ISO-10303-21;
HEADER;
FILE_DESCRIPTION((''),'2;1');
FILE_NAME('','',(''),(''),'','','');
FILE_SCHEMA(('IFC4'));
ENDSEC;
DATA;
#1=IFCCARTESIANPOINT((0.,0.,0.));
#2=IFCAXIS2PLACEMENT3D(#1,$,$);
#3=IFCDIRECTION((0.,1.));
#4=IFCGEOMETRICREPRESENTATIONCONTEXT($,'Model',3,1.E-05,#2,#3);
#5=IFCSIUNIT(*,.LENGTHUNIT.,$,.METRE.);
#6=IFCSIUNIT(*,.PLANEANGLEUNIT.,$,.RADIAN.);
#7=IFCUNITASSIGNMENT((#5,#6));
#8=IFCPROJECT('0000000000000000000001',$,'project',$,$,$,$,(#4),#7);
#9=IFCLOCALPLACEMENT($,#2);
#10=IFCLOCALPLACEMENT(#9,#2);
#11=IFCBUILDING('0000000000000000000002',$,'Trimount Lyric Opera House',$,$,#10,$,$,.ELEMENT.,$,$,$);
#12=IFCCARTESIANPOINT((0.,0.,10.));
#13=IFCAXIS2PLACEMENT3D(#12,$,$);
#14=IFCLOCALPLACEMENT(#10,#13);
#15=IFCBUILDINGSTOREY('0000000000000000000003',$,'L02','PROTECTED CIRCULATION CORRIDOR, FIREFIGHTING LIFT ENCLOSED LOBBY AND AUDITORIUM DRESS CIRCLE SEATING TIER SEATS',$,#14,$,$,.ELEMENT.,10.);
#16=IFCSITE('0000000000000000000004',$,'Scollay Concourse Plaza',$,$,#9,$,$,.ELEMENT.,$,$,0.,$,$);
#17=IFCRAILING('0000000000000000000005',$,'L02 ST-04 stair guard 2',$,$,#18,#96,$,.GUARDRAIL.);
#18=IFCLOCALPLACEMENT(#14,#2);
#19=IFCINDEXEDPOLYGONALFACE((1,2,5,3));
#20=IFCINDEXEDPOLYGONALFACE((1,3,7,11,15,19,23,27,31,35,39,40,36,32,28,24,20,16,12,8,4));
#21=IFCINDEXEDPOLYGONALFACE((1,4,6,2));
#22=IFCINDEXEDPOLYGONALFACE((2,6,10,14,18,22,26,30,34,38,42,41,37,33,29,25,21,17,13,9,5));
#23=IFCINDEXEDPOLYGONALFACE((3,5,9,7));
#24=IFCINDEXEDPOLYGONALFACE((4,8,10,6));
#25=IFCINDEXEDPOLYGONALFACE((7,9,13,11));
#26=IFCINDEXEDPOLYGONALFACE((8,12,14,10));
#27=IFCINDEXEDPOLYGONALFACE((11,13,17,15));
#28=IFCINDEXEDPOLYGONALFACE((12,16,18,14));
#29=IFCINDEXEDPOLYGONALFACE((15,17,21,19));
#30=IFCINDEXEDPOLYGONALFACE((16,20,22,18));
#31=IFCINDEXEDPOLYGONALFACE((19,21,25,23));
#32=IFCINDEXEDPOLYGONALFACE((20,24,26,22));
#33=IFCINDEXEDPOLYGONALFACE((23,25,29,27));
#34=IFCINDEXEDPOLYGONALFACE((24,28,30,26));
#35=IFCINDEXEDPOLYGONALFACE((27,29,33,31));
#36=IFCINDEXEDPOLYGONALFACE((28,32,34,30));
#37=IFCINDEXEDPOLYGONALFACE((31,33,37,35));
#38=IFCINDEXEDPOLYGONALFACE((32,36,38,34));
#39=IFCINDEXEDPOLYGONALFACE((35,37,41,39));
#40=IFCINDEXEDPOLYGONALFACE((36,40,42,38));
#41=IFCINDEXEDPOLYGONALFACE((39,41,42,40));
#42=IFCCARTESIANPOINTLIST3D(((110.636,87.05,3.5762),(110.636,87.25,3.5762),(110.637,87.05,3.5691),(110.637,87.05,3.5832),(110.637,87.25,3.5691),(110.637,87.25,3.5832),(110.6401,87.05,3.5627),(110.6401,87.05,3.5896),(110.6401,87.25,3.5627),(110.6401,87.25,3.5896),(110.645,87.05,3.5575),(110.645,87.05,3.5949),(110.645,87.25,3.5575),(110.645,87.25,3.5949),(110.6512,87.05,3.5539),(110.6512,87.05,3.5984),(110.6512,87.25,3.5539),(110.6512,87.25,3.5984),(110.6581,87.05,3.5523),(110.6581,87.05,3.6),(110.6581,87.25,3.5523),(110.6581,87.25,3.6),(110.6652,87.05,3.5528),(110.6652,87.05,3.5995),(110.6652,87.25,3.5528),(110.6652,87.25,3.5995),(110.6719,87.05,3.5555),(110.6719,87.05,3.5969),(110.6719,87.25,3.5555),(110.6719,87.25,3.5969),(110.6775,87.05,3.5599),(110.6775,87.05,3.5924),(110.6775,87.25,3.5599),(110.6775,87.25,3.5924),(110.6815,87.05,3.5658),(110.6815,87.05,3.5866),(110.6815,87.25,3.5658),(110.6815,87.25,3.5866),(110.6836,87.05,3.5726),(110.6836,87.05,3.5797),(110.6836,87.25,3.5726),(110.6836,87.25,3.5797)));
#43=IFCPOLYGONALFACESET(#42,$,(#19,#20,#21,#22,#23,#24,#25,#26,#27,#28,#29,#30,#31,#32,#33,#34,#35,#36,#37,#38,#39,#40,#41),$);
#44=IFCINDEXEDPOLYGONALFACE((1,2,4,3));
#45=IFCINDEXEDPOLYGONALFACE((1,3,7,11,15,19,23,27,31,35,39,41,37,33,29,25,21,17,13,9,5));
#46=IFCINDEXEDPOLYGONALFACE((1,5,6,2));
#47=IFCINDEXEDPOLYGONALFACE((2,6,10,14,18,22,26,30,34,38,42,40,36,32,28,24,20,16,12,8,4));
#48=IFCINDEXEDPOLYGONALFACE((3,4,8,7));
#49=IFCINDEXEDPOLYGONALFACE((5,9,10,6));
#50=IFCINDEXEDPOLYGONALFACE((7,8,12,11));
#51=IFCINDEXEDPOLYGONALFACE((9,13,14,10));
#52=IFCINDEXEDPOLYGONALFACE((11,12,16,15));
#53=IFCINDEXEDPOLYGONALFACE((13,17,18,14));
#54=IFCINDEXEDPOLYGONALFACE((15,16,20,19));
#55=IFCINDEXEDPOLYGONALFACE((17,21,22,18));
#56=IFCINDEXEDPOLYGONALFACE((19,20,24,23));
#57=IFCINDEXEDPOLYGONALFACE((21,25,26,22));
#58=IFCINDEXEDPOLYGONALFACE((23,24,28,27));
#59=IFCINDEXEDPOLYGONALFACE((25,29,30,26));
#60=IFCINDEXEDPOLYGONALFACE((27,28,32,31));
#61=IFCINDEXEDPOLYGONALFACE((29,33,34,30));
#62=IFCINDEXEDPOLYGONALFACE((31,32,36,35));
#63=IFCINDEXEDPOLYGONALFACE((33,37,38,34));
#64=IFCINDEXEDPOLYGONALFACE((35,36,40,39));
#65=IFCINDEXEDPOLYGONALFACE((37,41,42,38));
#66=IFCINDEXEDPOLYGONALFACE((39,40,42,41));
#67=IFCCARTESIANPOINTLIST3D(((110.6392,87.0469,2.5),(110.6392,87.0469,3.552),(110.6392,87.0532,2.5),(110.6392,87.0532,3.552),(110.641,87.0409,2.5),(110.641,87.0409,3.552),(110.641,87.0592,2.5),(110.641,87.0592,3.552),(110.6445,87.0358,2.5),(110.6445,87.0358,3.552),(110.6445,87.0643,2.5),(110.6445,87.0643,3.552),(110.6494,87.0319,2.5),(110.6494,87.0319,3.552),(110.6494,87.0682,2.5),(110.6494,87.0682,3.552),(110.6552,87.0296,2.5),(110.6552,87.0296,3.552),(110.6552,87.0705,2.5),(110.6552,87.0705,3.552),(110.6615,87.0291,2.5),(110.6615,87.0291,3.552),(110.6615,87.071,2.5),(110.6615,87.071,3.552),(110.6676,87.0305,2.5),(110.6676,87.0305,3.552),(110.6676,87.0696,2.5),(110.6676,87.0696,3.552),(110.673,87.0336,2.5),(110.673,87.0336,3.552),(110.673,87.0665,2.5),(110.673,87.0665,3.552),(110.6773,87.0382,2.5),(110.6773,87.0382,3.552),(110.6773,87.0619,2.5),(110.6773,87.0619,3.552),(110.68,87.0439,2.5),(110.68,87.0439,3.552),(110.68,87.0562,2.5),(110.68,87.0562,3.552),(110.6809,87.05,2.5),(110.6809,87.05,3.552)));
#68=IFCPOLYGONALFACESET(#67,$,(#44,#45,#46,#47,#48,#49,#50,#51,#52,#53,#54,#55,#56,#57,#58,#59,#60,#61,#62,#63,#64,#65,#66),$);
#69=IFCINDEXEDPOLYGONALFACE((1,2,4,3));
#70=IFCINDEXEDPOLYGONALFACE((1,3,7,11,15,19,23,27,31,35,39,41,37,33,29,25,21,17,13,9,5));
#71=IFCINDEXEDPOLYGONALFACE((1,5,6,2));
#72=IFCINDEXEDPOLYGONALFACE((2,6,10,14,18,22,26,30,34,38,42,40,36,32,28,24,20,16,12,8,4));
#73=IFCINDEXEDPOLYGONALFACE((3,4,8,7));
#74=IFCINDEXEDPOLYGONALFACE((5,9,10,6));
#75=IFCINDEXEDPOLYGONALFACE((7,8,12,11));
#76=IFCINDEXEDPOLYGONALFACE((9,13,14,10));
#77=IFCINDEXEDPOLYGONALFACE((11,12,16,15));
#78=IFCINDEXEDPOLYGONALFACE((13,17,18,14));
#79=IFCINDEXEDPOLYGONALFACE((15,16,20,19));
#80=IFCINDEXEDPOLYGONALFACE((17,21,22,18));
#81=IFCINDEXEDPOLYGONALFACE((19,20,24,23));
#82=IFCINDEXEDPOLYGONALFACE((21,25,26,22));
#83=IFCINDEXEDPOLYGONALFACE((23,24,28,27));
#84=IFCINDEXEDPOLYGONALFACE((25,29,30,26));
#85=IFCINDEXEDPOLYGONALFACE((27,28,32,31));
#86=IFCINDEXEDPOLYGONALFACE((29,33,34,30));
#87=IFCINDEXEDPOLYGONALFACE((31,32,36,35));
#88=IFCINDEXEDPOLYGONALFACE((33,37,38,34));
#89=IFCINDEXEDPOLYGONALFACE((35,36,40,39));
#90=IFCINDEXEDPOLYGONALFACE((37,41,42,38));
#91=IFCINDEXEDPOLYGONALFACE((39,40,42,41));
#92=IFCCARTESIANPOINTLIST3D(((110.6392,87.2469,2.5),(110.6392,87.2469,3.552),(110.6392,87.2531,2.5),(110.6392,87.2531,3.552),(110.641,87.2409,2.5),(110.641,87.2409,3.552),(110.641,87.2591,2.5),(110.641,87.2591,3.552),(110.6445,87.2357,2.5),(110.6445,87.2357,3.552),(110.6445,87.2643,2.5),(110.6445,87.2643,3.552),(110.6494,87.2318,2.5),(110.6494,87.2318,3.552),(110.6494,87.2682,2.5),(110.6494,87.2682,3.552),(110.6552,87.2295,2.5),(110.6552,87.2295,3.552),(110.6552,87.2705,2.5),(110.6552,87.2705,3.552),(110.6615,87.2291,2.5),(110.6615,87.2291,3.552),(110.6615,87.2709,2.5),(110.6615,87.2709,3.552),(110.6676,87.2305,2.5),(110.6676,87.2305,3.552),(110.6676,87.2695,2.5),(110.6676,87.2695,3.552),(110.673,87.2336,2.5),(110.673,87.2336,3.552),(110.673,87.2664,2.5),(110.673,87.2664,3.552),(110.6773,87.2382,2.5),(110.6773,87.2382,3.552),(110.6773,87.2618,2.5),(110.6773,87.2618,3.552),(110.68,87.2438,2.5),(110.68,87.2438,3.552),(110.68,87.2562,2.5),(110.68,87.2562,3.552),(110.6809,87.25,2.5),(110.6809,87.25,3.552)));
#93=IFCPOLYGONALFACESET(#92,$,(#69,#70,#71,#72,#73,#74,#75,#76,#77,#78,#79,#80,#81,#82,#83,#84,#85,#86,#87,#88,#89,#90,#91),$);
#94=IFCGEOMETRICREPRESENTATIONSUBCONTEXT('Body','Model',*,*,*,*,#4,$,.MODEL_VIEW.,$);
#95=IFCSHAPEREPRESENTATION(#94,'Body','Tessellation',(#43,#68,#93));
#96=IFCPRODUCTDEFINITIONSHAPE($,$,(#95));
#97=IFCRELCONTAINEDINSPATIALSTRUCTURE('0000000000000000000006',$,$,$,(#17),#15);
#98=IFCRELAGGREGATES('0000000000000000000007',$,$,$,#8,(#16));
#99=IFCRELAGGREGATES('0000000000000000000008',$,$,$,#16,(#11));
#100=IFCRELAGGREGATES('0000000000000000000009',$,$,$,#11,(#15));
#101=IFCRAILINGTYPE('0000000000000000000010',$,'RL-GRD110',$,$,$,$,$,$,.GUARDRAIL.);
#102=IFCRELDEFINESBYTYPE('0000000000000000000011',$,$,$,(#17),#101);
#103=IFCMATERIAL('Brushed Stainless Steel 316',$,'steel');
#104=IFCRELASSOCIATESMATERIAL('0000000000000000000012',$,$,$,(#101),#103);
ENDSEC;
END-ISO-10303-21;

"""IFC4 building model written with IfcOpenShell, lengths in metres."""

from ifc_helpers import new_model, si_unit, direction, frame, origin, origin_2d, place, context, subcontext, project, spatial, circle, extrude, material, type_object, element, save


model = new_model("IFC4")

# Units and contexts
model_context = context("Model", 3, precision=1e-05, world=origin(), true_north=direction((0.0, 1.0)))
body_context = subcontext(model_context, "Body", "Model", "MODEL_VIEW")
ifc_project = project(units=[si_unit("LENGTHUNIT", "METRE"), si_unit("PLANEANGLEUNIT", "RADIAN")], contexts=[model_context])

# Site, building, storey
site_placement = place(None, origin())
site = spatial("IfcSite", under=ifc_project, at=site_placement, Name="Scollay Concourse Plaza", CompositionType="ELEMENT", RefElevation=0.0)
building_placement = place(site_placement, origin())
building = spatial("IfcBuilding", under=site, at=building_placement, Name="Trimount Lyric Opera House", CompositionType="ELEMENT")
storey_placement = place(building_placement, frame((0.0, 0.0, 10.0)))
storey = spatial("IfcBuildingStorey", under=building, at=storey_placement, Name="L02", Description="PROTECTED CIRCULATION CORRIDOR, FIREFIGHTING LIFT ENCLOSED LOBBY AND AUDITORIUM DRESS CIRCLE SEATING TIER SEATS", CompositionType="ELEMENT", Elevation=10.0)

# Railing
ifc_material_1 = material(Name="Brushed Stainless Steel 316", Category="steel")
railing_type_1 = type_object("IfcRailingType", Name="RL-GRD110", PredefinedType="GUARDRAIL", material=ifc_material_1)
railing_1_placement = place(storey_placement, frame((110.6599, 87.05, 2.5)))
element("IfcRailing", 1, at=railing_1_placement, inside=storey, type_object=railing_type_1, Name="L02 ST-04 stair guard 2", PredefinedType="GUARDRAIL", context=body_context, shape_type="SweptSolid", body=[
    extrude(circle(Radius=0.0239, at=origin_2d()), frame((0.0, 0.0, 1.0762), z_axis=(0.0, 1.0, 0.0), x_axis=(-1.0, 0.0, 0.0)), (0.0, 0.0, 1.0), 0.2),
    extrude(circle(Radius=0.021, at=origin_2d()), origin(), (0.0, 0.0, 1.0), 1.052),
    extrude(circle(Radius=0.021, at=origin_2d()), frame((0.0, 0.2, 0.0)), (0.0, 0.0, 1.0), 1.052),
])

save(model, "model.ifc")
